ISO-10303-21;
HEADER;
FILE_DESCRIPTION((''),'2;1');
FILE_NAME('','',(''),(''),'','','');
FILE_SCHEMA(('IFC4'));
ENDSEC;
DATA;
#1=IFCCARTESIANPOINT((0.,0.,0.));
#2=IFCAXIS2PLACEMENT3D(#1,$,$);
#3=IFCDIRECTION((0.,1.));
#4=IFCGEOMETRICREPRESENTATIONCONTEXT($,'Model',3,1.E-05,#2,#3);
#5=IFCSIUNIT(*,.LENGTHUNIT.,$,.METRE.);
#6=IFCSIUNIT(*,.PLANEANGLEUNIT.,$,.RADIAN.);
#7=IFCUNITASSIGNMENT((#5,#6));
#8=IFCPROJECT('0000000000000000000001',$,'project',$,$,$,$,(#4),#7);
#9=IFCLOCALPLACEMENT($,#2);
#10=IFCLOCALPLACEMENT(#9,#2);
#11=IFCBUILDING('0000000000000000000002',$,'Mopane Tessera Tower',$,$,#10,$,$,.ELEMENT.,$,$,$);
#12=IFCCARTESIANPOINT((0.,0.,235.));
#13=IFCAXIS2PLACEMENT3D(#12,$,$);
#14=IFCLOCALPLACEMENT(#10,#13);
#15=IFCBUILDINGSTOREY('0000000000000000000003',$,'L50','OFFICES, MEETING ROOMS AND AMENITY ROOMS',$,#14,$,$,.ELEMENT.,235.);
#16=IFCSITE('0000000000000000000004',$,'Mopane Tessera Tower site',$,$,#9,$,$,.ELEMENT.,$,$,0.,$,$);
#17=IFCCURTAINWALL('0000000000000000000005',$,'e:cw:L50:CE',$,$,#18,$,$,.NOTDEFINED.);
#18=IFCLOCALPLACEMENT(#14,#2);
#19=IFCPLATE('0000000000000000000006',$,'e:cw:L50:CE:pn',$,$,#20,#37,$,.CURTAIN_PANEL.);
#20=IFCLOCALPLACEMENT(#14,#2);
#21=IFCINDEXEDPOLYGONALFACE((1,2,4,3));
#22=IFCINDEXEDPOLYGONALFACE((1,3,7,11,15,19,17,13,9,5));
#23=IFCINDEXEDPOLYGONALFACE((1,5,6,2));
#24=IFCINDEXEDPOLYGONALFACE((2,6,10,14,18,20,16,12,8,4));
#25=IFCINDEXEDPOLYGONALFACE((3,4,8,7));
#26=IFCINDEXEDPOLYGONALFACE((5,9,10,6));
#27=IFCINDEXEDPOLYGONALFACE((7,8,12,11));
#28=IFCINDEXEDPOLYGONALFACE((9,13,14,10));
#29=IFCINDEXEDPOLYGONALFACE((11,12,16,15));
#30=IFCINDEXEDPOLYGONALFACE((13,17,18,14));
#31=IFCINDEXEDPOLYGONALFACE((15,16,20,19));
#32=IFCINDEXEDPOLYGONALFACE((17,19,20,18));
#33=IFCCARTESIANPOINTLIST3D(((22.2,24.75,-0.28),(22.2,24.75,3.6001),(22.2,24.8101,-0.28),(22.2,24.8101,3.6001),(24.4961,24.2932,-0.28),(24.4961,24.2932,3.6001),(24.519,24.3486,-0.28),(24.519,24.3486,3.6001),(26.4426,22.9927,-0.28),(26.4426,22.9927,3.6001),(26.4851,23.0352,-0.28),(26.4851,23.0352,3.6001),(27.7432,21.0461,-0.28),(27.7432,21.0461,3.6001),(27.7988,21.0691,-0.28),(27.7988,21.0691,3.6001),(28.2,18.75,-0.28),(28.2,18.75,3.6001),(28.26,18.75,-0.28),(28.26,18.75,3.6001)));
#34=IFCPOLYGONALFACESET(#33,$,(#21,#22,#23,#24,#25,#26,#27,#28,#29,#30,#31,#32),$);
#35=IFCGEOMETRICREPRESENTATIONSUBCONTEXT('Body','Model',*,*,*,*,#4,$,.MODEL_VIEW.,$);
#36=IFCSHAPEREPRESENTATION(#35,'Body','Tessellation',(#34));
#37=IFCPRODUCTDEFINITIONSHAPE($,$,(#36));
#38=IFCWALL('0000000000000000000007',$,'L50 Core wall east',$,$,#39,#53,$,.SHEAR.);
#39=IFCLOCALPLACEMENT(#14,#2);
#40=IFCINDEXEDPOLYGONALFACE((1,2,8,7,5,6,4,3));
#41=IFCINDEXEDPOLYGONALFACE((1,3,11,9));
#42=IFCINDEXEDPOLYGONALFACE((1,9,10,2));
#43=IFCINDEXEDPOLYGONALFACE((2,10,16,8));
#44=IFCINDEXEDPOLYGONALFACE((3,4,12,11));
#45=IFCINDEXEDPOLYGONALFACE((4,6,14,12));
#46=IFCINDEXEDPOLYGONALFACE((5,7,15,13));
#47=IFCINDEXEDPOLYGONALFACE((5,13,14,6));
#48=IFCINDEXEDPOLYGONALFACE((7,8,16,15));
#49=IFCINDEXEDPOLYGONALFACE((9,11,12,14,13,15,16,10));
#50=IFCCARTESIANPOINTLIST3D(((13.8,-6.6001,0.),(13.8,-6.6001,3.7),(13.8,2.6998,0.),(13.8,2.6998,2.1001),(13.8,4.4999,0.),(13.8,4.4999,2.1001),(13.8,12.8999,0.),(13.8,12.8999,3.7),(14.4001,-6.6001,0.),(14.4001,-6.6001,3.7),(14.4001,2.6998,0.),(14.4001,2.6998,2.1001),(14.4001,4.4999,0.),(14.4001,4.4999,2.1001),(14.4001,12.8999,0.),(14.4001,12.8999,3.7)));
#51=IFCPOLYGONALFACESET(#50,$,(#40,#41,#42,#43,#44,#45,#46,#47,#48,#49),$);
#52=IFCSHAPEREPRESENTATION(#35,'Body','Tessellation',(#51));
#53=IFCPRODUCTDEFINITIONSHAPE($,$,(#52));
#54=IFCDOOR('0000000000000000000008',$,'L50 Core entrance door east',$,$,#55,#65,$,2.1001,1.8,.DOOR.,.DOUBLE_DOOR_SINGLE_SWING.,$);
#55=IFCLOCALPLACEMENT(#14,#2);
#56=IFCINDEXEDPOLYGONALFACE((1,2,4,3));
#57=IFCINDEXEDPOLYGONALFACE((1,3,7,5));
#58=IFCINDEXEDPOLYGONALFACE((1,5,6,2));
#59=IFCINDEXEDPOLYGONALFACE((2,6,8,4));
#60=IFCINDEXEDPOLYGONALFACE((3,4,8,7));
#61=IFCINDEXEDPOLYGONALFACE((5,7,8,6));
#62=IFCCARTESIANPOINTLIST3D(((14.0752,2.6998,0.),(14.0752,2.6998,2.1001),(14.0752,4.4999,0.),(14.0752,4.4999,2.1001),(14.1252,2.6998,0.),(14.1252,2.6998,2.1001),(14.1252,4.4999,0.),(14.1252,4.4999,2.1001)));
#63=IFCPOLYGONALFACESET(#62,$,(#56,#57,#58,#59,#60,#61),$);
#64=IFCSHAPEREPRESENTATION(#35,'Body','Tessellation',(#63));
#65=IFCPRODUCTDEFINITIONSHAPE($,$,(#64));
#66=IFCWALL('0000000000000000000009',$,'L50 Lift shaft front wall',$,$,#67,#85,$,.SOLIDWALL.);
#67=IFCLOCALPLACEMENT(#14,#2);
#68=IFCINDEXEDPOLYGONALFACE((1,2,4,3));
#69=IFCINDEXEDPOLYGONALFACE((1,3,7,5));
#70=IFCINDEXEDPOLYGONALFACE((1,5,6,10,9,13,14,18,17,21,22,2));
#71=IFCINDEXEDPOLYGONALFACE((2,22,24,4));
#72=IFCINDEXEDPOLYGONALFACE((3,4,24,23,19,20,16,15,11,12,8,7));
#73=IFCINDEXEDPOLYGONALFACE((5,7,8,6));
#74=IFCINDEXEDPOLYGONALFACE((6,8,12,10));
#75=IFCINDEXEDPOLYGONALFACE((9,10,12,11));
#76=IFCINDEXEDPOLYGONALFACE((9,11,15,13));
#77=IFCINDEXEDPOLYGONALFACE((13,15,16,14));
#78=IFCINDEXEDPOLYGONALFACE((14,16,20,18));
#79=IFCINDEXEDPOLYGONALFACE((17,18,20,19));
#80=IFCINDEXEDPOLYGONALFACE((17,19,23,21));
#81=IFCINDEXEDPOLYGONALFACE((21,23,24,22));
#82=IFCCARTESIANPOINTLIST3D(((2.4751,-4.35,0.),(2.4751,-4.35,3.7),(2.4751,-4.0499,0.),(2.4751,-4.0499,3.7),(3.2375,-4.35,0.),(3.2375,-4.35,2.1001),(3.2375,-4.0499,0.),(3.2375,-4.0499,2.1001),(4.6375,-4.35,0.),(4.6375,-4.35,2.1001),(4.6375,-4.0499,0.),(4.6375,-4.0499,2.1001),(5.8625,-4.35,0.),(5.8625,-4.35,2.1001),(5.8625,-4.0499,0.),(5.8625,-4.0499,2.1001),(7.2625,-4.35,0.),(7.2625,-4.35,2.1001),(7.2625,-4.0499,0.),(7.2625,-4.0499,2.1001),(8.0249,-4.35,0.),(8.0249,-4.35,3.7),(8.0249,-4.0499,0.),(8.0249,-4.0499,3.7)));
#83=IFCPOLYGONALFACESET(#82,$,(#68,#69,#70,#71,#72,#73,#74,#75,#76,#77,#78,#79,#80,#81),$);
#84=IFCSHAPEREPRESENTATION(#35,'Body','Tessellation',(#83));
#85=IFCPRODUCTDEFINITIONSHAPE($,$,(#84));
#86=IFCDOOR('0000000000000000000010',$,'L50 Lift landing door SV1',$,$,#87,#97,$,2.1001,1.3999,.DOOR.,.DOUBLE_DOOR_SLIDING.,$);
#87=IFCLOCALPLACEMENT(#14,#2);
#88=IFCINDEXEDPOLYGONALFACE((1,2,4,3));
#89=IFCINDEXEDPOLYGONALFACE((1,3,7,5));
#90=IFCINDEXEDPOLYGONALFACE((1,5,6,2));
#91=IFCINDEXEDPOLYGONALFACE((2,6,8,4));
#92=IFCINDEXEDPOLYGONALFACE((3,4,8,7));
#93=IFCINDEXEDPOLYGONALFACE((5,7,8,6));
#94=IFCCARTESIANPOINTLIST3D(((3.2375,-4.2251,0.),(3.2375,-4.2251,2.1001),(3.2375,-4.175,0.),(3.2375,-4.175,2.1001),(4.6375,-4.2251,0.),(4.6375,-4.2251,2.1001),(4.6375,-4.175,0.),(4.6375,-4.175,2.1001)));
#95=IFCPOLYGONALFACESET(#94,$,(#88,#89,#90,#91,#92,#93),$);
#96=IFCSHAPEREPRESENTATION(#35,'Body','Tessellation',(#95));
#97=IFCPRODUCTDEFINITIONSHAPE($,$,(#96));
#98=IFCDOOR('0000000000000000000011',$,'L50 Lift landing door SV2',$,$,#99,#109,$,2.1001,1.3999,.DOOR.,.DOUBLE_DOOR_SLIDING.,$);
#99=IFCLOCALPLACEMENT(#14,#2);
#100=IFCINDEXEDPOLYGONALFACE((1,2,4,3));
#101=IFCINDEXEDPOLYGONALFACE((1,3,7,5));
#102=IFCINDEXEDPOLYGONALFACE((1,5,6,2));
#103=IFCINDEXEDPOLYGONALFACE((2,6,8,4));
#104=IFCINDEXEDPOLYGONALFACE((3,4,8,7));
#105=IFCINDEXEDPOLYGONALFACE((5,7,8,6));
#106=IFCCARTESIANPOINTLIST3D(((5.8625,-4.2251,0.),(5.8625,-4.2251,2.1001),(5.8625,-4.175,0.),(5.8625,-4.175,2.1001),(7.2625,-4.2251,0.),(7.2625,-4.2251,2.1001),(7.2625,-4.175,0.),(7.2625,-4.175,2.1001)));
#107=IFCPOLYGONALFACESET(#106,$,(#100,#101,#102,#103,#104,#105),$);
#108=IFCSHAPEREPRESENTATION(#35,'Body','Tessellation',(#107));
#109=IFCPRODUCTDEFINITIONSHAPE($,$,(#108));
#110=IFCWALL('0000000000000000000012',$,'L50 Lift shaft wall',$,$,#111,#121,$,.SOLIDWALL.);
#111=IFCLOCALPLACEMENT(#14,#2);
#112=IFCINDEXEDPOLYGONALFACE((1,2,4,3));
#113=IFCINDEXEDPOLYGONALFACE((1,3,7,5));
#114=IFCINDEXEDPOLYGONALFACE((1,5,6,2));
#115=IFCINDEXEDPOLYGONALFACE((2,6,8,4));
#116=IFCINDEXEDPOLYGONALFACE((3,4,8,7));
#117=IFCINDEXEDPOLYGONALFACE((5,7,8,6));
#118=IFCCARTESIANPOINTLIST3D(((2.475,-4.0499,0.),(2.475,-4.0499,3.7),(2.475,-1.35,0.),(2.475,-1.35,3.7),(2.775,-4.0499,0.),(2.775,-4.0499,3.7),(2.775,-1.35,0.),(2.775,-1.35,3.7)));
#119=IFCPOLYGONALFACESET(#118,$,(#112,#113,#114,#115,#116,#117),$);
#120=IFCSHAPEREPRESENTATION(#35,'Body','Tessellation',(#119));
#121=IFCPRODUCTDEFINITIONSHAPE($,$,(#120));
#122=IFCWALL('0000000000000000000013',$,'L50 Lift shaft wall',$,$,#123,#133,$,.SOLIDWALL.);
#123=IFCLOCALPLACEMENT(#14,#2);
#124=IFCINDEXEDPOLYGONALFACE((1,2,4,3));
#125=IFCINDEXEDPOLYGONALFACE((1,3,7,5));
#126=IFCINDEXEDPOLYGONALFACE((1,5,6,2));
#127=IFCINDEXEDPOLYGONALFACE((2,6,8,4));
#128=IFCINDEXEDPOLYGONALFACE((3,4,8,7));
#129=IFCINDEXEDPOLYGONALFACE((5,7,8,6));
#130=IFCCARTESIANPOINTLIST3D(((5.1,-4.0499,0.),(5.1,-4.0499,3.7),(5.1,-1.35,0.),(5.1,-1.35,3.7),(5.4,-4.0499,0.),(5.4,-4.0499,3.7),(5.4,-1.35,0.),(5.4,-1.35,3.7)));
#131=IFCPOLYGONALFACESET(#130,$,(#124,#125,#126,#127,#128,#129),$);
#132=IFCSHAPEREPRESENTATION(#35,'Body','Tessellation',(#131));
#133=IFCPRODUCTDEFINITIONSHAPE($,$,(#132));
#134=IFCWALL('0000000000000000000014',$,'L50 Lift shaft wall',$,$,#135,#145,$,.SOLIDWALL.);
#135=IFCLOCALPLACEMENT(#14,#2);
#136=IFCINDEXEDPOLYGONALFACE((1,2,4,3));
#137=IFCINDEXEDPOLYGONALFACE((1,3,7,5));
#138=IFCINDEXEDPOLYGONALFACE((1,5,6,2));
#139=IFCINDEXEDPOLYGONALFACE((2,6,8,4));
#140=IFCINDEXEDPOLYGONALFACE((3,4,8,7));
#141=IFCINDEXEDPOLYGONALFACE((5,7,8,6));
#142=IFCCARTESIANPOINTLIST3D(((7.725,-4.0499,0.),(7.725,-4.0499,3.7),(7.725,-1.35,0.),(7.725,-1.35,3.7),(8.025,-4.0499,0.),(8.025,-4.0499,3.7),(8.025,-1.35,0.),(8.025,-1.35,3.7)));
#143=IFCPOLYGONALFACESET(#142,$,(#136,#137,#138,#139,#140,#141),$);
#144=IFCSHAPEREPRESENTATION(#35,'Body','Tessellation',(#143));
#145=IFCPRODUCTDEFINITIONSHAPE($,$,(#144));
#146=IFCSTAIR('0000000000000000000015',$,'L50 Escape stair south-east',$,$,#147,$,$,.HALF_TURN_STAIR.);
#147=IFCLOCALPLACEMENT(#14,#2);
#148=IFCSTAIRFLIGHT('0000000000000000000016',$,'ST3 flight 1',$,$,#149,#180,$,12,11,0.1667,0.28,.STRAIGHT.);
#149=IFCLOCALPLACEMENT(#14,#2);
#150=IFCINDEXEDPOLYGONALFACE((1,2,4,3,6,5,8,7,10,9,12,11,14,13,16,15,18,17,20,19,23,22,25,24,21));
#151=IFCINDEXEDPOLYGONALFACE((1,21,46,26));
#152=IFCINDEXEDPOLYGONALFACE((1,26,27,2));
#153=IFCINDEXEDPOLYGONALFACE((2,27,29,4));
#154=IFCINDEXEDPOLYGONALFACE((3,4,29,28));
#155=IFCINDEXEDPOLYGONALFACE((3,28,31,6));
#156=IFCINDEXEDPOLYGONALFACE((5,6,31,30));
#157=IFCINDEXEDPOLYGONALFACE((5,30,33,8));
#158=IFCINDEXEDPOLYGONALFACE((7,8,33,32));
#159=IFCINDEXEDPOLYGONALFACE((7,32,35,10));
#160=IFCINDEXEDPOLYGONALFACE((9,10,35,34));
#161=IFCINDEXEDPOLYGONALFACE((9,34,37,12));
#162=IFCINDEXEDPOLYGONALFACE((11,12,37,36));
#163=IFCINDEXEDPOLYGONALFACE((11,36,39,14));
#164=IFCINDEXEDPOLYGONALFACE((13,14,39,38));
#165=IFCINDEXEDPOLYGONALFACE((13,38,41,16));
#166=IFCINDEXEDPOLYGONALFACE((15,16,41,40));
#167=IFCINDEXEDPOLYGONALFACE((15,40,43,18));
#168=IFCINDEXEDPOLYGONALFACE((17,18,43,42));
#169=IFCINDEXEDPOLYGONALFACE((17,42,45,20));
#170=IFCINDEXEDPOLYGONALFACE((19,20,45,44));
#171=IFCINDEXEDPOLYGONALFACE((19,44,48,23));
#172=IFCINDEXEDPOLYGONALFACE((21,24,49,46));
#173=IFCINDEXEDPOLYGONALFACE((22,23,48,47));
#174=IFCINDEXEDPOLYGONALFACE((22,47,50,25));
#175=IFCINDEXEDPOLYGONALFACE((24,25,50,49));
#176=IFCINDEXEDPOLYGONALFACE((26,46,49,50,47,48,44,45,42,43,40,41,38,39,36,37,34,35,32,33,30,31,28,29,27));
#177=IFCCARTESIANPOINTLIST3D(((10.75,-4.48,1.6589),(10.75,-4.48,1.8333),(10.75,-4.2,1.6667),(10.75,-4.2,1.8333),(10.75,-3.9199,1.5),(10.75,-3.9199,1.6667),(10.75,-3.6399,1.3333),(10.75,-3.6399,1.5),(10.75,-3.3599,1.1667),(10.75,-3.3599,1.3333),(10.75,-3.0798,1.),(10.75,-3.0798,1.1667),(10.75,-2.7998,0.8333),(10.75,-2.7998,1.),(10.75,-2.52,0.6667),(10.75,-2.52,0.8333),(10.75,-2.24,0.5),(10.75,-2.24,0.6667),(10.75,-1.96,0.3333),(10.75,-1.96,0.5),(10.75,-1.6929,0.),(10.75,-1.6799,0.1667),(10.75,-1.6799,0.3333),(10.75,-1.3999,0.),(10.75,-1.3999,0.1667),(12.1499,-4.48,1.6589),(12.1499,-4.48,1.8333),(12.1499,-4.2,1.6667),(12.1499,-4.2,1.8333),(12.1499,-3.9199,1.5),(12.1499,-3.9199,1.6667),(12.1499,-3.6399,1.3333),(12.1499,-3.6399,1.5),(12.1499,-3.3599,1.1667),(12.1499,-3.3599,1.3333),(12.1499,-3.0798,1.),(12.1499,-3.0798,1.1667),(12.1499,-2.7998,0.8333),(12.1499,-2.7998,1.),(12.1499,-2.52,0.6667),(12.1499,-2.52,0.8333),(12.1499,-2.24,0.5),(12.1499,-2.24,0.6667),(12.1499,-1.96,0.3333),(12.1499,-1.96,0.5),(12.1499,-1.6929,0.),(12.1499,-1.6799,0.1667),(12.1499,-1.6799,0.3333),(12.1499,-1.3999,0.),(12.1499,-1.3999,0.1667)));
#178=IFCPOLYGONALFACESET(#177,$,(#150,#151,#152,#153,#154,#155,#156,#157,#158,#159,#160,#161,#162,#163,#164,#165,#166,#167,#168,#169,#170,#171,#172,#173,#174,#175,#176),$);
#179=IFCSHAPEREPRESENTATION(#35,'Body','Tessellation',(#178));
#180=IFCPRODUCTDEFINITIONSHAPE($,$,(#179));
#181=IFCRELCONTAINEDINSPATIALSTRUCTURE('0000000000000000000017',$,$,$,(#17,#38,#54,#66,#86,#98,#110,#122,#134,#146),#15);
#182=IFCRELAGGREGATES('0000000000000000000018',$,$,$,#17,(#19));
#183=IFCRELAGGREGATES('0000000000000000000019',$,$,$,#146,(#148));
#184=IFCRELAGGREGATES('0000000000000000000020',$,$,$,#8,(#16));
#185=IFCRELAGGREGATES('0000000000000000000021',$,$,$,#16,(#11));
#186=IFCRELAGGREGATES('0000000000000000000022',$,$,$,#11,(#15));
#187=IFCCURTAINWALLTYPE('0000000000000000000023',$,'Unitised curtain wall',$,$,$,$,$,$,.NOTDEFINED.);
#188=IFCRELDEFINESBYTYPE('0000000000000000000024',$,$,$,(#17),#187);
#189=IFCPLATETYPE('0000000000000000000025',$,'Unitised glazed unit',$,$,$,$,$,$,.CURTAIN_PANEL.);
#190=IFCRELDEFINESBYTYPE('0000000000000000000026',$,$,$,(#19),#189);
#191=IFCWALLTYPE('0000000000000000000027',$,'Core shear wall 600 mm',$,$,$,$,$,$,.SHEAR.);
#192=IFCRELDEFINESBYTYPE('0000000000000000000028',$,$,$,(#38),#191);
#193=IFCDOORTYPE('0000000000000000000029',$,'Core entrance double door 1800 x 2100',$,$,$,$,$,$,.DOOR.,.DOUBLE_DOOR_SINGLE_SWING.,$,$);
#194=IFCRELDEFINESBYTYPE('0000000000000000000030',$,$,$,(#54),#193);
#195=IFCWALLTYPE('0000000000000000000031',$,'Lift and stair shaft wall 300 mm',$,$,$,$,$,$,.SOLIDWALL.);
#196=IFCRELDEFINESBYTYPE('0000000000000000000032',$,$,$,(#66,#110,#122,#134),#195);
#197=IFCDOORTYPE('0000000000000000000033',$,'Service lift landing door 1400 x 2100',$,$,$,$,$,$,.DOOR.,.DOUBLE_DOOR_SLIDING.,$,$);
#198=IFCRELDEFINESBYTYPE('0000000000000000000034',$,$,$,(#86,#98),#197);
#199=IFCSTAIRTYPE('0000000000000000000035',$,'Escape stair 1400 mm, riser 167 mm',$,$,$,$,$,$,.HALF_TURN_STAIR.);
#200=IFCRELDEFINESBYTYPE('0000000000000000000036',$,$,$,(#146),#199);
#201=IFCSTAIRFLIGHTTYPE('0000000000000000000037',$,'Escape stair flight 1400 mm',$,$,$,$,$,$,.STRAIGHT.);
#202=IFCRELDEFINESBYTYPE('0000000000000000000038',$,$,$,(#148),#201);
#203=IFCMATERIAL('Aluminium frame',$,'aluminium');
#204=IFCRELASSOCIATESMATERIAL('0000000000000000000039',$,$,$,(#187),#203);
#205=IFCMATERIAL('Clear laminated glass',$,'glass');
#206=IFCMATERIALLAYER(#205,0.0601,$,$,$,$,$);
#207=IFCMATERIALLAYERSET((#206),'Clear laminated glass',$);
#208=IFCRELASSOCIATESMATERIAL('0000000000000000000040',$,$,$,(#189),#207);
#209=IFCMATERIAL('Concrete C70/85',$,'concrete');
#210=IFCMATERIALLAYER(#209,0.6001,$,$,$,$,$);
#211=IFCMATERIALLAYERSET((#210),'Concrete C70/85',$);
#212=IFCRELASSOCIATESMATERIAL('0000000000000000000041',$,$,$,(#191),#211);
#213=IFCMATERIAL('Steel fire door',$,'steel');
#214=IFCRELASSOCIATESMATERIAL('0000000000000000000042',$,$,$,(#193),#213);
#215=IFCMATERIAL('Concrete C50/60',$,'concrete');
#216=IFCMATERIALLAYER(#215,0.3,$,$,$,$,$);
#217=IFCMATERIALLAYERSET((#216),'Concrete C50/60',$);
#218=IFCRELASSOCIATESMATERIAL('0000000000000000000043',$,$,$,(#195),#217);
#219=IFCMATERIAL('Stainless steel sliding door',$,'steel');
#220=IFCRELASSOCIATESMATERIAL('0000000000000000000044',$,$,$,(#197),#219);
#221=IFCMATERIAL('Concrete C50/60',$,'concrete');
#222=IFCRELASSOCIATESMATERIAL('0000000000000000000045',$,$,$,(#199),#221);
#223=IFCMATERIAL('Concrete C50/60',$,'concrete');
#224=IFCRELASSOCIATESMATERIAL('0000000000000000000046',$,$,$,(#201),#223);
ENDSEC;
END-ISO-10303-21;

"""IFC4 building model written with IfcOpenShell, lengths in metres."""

from ifc_helpers import new_model, si_unit, direction, frame, frame_2d, origin, place, context, subcontext, project, spatial, polyline, rectangle, outline, extrude, material, layer, layer_set, type_object, element, fill, aggregate, save


model = new_model("IFC4")

# Units and contexts
model_context = context("Model", 3, precision=1e-05, world=origin(), true_north=direction((0.0, 1.0)))
body_context = subcontext(model_context, "Body", "Model", "MODEL_VIEW")
ifc_project = project(units=[si_unit("LENGTHUNIT", "METRE"), si_unit("PLANEANGLEUNIT", "RADIAN")], contexts=[model_context])

# Site, building, storey
site_placement = place(None, origin())
site = spatial("IfcSite", under=ifc_project, at=site_placement, Name="Mopane Tessera Tower site", CompositionType="ELEMENT", RefElevation=0.0)
building_placement = place(site_placement, origin())
building = spatial("IfcBuilding", under=site, at=building_placement, Name="Mopane Tessera Tower", CompositionType="ELEMENT")
storey_placement = place(building_placement, frame((0.0, 0.0, 235.0)))
storey = spatial("IfcBuildingStorey", under=building, at=storey_placement, Name="L50", Description="OFFICES, MEETING ROOMS AND AMENITY ROOMS", CompositionType="ELEMENT", Elevation=235.0)

# Curtain wall
ifc_material_1 = material(Name="Aluminium frame", Category="aluminium")
curtain_wall_type = type_object("IfcCurtainWallType", Name="Unitised curtain wall", PredefinedType="NOTDEFINED", material=ifc_material_1)
curtain_wall_1_placement = place(storey_placement, origin())
curtain_wall_1 = element("IfcCurtainWall", 1, at=curtain_wall_1_placement, inside=storey, type_object=curtain_wall_type, Name="e:cw:L50:CE", PredefinedType="NOTDEFINED")

# Plate
ifc_material_2 = material(Name="Clear laminated glass", Category="glass")
ifc_layer_1 = layer(ifc_material_2, 0.0601)
ifc_layer_set_1 = layer_set([ifc_layer_1], Name="Clear laminated glass")
plate_type = type_object("IfcPlateType", Name="Unitised glazed unit", PredefinedType="CURTAIN_PANEL", material=ifc_layer_set_1)
plate_1_placement = place(storey_placement, frame((0.0, 0.0, -0.28)))
plate_1 = element("IfcPlate", 2, at=plate_1_placement, type_object=plate_type, Name="e:cw:L50:CE:pn", PredefinedType="CURTAIN_PANEL", context=body_context, shape_type="SweptSolid", body=[
    extrude(outline(polyline([(28.2, 18.75), (27.7432, 21.0461), (26.4426, 22.9927), (24.4961, 24.2932), (22.2, 24.75), (22.2, 24.8101), (24.519, 24.3486), (26.4851, 23.0352), (27.7988, 21.0691), (28.26, 18.75), (28.2, 18.75)])), origin(), (0.0, 0.0, 1.0), 3.8801),
])
aggregate(curtain_wall_1, [plate_1])

# Wall, opening, door
ifc_material_3 = material(Name="Concrete C70/85", Category="concrete")
ifc_layer_2 = layer(ifc_material_3, 0.6001)
ifc_layer_set_2 = layer_set([ifc_layer_2], Name="Concrete C70/85")
wall_type_1 = type_object("IfcWallType", Name="Core shear wall 600 mm", PredefinedType="SHEAR", material=ifc_layer_set_2)
wall_1_placement = place(storey_placement, frame((14.1001, -6.6001, 0.0), z_axis=(0.0, 0.0, 1.0), x_axis=(0.0, 1.0, 0.0)))
wall_1 = element("IfcWall", 3, at=wall_1_placement, inside=storey, type_object=wall_type_1, Name="L50 Core wall east", PredefinedType="SHEAR", context=body_context, shape_type="SweptSolid", body=[
    extrude(rectangle(XDim=19.5, YDim=0.6001, at=frame_2d((9.75, 0.0))), origin(), (0.0, 0.0, 1.0), 3.7),
])
opening_1_placement = place(wall_1_placement, frame((9.3, 0.0, 0.0)))
opening_1 = element("IfcOpeningElement", 4, at=opening_1_placement, cuts=wall_1, PredefinedType="OPENING", context=body_context, shape_type="SweptSolid", body=[
    extrude(rectangle(XDim=1.8, YDim=2.1001, at=frame_2d((0.8999, 1.05))), frame((0.0, 0.312, 0.0), z_axis=(0.0, -1.0, 0.0), x_axis=(1.0, 0.0, 0.0)), (0.0, 0.0, 1.0), 0.624),
])
ifc_material_4 = material(Name="Steel fire door", Category="steel")
door_type_1 = type_object("IfcDoorType", Name="Core entrance double door 1800 x 2100", OperationType="DOUBLE_DOOR_SINGLE_SWING", PredefinedType="DOOR", material=ifc_material_4)
door_1_placement = place(opening_1_placement, origin())
door_1 = element("IfcDoor", 5, at=door_1_placement, inside=storey, type_object=door_type_1, Name="L50 Core entrance door east", OperationType="DOUBLE_DOOR_SINGLE_SWING", OverallHeight=2.1001, OverallWidth=1.8, PredefinedType="DOOR", context=body_context, shape_type="SweptSolid", body=[
    extrude(rectangle(XDim=1.8, YDim=2.1001, at=frame_2d((0.8999, 1.05))), frame((0.0, 0.0249, 0.0), z_axis=(0.0, -1.0, 0.0), x_axis=(1.0, 0.0, 0.0)), (0.0, 0.0, 1.0), 0.05),
])
fill(opening_1, door_1)

# Wall, openings, doors
ifc_material_5 = material(Name="Concrete C50/60", Category="concrete")
ifc_layer_3 = layer(ifc_material_5, 0.3)
ifc_layer_set_3 = layer_set([ifc_layer_3], Name="Concrete C50/60")
wall_type_2 = type_object("IfcWallType", Name="Lift and stair shaft wall 300 mm", PredefinedType="SOLIDWALL", material=ifc_layer_set_3)
wall_2_placement = place(storey_placement, frame((2.4751, -4.2, 0.0), z_axis=(0.0, 0.0, 1.0), x_axis=(1.0, 0.0, 0.0)))
wall_2 = element("IfcWall", 6, at=wall_2_placement, inside=storey, type_object=wall_type_2, Name="L50 Lift shaft front wall", PredefinedType="SOLIDWALL", context=body_context, shape_type="SweptSolid", body=[
    extrude(rectangle(XDim=5.5498, YDim=0.3, at=frame_2d((2.7749, 0.0))), origin(), (0.0, 0.0, 1.0), 3.7),
])
opening_2_placement = place(wall_2_placement, frame((0.7625, 0.0, 0.0)))
opening_2 = element("IfcOpeningElement", 7, at=opening_2_placement, cuts=wall_2, PredefinedType="OPENING", context=body_context, shape_type="SweptSolid", body=[
    extrude(rectangle(XDim=1.3999, YDim=2.1001, at=frame_2d((0.7, 1.05))), frame((0.0, 0.1621, 0.0), z_axis=(0.0, -1.0, 0.0), x_axis=(1.0, 0.0, 0.0)), (0.0, 0.0, 1.0), 0.324),
])
opening_3_placement = place(wall_2_placement, frame((3.3875, 0.0, 0.0)))
opening_3 = element("IfcOpeningElement", 8, at=opening_3_placement, cuts=wall_2, PredefinedType="OPENING", context=body_context, shape_type="SweptSolid", body=[
    extrude(rectangle(XDim=1.3999, YDim=2.1001, at=frame_2d((0.7, 1.05))), frame((0.0, 0.1621, 0.0), z_axis=(0.0, -1.0, 0.0), x_axis=(1.0, 0.0, 0.0)), (0.0, 0.0, 1.0), 0.324),
])
ifc_material_6 = material(Name="Stainless steel sliding door", Category="steel")
door_type_2 = type_object("IfcDoorType", Name="Service lift landing door 1400 x 2100", OperationType="DOUBLE_DOOR_SLIDING", PredefinedType="DOOR", material=ifc_material_6)
door_2_placement = place(opening_2_placement, origin())
door_2 = element("IfcDoor", 9, at=door_2_placement, inside=storey, type_object=door_type_2, Name="L50 Lift landing door SV1", OperationType="DOUBLE_DOOR_SLIDING", OverallHeight=2.1001, OverallWidth=1.3999, PredefinedType="DOOR", context=body_context, shape_type="SweptSolid", body=[
    extrude(rectangle(XDim=1.3999, YDim=2.1001, at=frame_2d((0.7, 1.05))), frame((0.0, 0.0249, 0.0), z_axis=(0.0, -1.0, 0.0), x_axis=(1.0, 0.0, 0.0)), (0.0, 0.0, 1.0), 0.05),
])
fill(opening_2, door_2)
door_3_placement = place(opening_3_placement, origin())
door_3 = element("IfcDoor", 10, at=door_3_placement, inside=storey, type_object=door_type_2, Name="L50 Lift landing door SV2", OperationType="DOUBLE_DOOR_SLIDING", OverallHeight=2.1001, OverallWidth=1.3999, PredefinedType="DOOR", context=body_context, shape_type="SweptSolid", body=[
    extrude(rectangle(XDim=1.3999, YDim=2.1001, at=frame_2d((0.7, 1.05))), frame((0.0, 0.0249, 0.0), z_axis=(0.0, -1.0, 0.0), x_axis=(1.0, 0.0, 0.0)), (0.0, 0.0, 1.0), 0.05),
])
fill(opening_3, door_3)

# Walls
for number, where, z_axis, x_axis, name in (
    (11, (2.625, -4.05, 0.0), (0.0, 0.0, 1.0), (0.0, 1.0, 0.0), "L50 Lift shaft wall"),
    (12, (5.25, -4.05, 0.0), (0.0, 0.0, 1.0), (0.0, 1.0, 0.0), "L50 Lift shaft wall"),
    (13, (7.875, -4.05, 0.0), (0.0, 0.0, 1.0), (0.0, 1.0, 0.0), "L50 Lift shaft wall"),
):
    element("IfcWall", number, at=place(storey_placement, frame(where, z_axis=z_axis, x_axis=x_axis)), inside=storey, type_object=wall_type_2, Name=name, PredefinedType="SOLIDWALL", context=body_context, shape_type="SweptSolid", body=[
        extrude(rectangle(XDim=2.7, YDim=0.3, at=frame_2d((1.3501, 0.0))), origin(), (0.0, 0.0, 1.0), 3.7),
    ])

# Stair, stair flight
ifc_material_7 = material(Name="Concrete C50/60", Category="concrete")
stair_type = type_object("IfcStairType", Name="Escape stair 1400 mm, riser 167 mm", PredefinedType="HALF_TURN_STAIR", material=ifc_material_7)
stair_placement = place(storey_placement, origin())
stair = element("IfcStair", 14, at=stair_placement, inside=storey, type_object=stair_type, Name="L50 Escape stair south-east", PredefinedType="HALF_TURN_STAIR")
ifc_material_8 = material(Name="Concrete C50/60", Category="concrete")
stair_flight_type = type_object("IfcStairFlightType", Name="Escape stair flight 1400 mm", PredefinedType="STRAIGHT", material=ifc_material_8)
stair_flight_1_placement = place(storey_placement, frame((11.45, -1.3999, 0.0), z_axis=(0.0, 0.0, 1.0), x_axis=(0.0, -1.0, 0.0)))
stair_flight_1 = element("IfcStairFlight", 15, at=stair_flight_1_placement, type_object=stair_flight_type, Name="ST3 flight 1", NumberOfRisers=12, NumberOfTreads=11, PredefinedType="STRAIGHT", RiserHeight=0.1667, TreadLength=0.28, context=body_context, shape_type="SweptSolid", body=[
    extrude(outline(polyline([(0.0, 0.0), (0.0, 0.1667), (0.28, 0.1667), (0.28, 0.3333), (0.5601, 0.3333), (0.5601, 0.5), (0.8401, 0.5), (0.8401, 0.6667), (1.1201, 0.6667), (1.1201, 0.8333), (1.3999, 0.8333), (1.3999, 1.0), (1.6799, 1.0), (1.6799, 1.1667), (1.96, 1.1667), (1.96, 1.3333), (2.24, 1.3333), (2.24, 1.5), (2.52, 1.5), (2.52, 1.6667), (2.8, 1.6667), (2.8, 1.8333), (3.0801, 1.8333), (3.0801, 2.0), (3.0801, 1.6589), (0.293, 0.0), (0.0, 0.0)])), frame((0.0, 0.7, 0.0), z_axis=(0.0, -1.0, 0.0), x_axis=(1.0, 0.0, 0.0)), (0.0, 0.0, 1.0), 1.3999),
])
aggregate(stair, [stair_flight_1])

save(model, "model.ifc")
